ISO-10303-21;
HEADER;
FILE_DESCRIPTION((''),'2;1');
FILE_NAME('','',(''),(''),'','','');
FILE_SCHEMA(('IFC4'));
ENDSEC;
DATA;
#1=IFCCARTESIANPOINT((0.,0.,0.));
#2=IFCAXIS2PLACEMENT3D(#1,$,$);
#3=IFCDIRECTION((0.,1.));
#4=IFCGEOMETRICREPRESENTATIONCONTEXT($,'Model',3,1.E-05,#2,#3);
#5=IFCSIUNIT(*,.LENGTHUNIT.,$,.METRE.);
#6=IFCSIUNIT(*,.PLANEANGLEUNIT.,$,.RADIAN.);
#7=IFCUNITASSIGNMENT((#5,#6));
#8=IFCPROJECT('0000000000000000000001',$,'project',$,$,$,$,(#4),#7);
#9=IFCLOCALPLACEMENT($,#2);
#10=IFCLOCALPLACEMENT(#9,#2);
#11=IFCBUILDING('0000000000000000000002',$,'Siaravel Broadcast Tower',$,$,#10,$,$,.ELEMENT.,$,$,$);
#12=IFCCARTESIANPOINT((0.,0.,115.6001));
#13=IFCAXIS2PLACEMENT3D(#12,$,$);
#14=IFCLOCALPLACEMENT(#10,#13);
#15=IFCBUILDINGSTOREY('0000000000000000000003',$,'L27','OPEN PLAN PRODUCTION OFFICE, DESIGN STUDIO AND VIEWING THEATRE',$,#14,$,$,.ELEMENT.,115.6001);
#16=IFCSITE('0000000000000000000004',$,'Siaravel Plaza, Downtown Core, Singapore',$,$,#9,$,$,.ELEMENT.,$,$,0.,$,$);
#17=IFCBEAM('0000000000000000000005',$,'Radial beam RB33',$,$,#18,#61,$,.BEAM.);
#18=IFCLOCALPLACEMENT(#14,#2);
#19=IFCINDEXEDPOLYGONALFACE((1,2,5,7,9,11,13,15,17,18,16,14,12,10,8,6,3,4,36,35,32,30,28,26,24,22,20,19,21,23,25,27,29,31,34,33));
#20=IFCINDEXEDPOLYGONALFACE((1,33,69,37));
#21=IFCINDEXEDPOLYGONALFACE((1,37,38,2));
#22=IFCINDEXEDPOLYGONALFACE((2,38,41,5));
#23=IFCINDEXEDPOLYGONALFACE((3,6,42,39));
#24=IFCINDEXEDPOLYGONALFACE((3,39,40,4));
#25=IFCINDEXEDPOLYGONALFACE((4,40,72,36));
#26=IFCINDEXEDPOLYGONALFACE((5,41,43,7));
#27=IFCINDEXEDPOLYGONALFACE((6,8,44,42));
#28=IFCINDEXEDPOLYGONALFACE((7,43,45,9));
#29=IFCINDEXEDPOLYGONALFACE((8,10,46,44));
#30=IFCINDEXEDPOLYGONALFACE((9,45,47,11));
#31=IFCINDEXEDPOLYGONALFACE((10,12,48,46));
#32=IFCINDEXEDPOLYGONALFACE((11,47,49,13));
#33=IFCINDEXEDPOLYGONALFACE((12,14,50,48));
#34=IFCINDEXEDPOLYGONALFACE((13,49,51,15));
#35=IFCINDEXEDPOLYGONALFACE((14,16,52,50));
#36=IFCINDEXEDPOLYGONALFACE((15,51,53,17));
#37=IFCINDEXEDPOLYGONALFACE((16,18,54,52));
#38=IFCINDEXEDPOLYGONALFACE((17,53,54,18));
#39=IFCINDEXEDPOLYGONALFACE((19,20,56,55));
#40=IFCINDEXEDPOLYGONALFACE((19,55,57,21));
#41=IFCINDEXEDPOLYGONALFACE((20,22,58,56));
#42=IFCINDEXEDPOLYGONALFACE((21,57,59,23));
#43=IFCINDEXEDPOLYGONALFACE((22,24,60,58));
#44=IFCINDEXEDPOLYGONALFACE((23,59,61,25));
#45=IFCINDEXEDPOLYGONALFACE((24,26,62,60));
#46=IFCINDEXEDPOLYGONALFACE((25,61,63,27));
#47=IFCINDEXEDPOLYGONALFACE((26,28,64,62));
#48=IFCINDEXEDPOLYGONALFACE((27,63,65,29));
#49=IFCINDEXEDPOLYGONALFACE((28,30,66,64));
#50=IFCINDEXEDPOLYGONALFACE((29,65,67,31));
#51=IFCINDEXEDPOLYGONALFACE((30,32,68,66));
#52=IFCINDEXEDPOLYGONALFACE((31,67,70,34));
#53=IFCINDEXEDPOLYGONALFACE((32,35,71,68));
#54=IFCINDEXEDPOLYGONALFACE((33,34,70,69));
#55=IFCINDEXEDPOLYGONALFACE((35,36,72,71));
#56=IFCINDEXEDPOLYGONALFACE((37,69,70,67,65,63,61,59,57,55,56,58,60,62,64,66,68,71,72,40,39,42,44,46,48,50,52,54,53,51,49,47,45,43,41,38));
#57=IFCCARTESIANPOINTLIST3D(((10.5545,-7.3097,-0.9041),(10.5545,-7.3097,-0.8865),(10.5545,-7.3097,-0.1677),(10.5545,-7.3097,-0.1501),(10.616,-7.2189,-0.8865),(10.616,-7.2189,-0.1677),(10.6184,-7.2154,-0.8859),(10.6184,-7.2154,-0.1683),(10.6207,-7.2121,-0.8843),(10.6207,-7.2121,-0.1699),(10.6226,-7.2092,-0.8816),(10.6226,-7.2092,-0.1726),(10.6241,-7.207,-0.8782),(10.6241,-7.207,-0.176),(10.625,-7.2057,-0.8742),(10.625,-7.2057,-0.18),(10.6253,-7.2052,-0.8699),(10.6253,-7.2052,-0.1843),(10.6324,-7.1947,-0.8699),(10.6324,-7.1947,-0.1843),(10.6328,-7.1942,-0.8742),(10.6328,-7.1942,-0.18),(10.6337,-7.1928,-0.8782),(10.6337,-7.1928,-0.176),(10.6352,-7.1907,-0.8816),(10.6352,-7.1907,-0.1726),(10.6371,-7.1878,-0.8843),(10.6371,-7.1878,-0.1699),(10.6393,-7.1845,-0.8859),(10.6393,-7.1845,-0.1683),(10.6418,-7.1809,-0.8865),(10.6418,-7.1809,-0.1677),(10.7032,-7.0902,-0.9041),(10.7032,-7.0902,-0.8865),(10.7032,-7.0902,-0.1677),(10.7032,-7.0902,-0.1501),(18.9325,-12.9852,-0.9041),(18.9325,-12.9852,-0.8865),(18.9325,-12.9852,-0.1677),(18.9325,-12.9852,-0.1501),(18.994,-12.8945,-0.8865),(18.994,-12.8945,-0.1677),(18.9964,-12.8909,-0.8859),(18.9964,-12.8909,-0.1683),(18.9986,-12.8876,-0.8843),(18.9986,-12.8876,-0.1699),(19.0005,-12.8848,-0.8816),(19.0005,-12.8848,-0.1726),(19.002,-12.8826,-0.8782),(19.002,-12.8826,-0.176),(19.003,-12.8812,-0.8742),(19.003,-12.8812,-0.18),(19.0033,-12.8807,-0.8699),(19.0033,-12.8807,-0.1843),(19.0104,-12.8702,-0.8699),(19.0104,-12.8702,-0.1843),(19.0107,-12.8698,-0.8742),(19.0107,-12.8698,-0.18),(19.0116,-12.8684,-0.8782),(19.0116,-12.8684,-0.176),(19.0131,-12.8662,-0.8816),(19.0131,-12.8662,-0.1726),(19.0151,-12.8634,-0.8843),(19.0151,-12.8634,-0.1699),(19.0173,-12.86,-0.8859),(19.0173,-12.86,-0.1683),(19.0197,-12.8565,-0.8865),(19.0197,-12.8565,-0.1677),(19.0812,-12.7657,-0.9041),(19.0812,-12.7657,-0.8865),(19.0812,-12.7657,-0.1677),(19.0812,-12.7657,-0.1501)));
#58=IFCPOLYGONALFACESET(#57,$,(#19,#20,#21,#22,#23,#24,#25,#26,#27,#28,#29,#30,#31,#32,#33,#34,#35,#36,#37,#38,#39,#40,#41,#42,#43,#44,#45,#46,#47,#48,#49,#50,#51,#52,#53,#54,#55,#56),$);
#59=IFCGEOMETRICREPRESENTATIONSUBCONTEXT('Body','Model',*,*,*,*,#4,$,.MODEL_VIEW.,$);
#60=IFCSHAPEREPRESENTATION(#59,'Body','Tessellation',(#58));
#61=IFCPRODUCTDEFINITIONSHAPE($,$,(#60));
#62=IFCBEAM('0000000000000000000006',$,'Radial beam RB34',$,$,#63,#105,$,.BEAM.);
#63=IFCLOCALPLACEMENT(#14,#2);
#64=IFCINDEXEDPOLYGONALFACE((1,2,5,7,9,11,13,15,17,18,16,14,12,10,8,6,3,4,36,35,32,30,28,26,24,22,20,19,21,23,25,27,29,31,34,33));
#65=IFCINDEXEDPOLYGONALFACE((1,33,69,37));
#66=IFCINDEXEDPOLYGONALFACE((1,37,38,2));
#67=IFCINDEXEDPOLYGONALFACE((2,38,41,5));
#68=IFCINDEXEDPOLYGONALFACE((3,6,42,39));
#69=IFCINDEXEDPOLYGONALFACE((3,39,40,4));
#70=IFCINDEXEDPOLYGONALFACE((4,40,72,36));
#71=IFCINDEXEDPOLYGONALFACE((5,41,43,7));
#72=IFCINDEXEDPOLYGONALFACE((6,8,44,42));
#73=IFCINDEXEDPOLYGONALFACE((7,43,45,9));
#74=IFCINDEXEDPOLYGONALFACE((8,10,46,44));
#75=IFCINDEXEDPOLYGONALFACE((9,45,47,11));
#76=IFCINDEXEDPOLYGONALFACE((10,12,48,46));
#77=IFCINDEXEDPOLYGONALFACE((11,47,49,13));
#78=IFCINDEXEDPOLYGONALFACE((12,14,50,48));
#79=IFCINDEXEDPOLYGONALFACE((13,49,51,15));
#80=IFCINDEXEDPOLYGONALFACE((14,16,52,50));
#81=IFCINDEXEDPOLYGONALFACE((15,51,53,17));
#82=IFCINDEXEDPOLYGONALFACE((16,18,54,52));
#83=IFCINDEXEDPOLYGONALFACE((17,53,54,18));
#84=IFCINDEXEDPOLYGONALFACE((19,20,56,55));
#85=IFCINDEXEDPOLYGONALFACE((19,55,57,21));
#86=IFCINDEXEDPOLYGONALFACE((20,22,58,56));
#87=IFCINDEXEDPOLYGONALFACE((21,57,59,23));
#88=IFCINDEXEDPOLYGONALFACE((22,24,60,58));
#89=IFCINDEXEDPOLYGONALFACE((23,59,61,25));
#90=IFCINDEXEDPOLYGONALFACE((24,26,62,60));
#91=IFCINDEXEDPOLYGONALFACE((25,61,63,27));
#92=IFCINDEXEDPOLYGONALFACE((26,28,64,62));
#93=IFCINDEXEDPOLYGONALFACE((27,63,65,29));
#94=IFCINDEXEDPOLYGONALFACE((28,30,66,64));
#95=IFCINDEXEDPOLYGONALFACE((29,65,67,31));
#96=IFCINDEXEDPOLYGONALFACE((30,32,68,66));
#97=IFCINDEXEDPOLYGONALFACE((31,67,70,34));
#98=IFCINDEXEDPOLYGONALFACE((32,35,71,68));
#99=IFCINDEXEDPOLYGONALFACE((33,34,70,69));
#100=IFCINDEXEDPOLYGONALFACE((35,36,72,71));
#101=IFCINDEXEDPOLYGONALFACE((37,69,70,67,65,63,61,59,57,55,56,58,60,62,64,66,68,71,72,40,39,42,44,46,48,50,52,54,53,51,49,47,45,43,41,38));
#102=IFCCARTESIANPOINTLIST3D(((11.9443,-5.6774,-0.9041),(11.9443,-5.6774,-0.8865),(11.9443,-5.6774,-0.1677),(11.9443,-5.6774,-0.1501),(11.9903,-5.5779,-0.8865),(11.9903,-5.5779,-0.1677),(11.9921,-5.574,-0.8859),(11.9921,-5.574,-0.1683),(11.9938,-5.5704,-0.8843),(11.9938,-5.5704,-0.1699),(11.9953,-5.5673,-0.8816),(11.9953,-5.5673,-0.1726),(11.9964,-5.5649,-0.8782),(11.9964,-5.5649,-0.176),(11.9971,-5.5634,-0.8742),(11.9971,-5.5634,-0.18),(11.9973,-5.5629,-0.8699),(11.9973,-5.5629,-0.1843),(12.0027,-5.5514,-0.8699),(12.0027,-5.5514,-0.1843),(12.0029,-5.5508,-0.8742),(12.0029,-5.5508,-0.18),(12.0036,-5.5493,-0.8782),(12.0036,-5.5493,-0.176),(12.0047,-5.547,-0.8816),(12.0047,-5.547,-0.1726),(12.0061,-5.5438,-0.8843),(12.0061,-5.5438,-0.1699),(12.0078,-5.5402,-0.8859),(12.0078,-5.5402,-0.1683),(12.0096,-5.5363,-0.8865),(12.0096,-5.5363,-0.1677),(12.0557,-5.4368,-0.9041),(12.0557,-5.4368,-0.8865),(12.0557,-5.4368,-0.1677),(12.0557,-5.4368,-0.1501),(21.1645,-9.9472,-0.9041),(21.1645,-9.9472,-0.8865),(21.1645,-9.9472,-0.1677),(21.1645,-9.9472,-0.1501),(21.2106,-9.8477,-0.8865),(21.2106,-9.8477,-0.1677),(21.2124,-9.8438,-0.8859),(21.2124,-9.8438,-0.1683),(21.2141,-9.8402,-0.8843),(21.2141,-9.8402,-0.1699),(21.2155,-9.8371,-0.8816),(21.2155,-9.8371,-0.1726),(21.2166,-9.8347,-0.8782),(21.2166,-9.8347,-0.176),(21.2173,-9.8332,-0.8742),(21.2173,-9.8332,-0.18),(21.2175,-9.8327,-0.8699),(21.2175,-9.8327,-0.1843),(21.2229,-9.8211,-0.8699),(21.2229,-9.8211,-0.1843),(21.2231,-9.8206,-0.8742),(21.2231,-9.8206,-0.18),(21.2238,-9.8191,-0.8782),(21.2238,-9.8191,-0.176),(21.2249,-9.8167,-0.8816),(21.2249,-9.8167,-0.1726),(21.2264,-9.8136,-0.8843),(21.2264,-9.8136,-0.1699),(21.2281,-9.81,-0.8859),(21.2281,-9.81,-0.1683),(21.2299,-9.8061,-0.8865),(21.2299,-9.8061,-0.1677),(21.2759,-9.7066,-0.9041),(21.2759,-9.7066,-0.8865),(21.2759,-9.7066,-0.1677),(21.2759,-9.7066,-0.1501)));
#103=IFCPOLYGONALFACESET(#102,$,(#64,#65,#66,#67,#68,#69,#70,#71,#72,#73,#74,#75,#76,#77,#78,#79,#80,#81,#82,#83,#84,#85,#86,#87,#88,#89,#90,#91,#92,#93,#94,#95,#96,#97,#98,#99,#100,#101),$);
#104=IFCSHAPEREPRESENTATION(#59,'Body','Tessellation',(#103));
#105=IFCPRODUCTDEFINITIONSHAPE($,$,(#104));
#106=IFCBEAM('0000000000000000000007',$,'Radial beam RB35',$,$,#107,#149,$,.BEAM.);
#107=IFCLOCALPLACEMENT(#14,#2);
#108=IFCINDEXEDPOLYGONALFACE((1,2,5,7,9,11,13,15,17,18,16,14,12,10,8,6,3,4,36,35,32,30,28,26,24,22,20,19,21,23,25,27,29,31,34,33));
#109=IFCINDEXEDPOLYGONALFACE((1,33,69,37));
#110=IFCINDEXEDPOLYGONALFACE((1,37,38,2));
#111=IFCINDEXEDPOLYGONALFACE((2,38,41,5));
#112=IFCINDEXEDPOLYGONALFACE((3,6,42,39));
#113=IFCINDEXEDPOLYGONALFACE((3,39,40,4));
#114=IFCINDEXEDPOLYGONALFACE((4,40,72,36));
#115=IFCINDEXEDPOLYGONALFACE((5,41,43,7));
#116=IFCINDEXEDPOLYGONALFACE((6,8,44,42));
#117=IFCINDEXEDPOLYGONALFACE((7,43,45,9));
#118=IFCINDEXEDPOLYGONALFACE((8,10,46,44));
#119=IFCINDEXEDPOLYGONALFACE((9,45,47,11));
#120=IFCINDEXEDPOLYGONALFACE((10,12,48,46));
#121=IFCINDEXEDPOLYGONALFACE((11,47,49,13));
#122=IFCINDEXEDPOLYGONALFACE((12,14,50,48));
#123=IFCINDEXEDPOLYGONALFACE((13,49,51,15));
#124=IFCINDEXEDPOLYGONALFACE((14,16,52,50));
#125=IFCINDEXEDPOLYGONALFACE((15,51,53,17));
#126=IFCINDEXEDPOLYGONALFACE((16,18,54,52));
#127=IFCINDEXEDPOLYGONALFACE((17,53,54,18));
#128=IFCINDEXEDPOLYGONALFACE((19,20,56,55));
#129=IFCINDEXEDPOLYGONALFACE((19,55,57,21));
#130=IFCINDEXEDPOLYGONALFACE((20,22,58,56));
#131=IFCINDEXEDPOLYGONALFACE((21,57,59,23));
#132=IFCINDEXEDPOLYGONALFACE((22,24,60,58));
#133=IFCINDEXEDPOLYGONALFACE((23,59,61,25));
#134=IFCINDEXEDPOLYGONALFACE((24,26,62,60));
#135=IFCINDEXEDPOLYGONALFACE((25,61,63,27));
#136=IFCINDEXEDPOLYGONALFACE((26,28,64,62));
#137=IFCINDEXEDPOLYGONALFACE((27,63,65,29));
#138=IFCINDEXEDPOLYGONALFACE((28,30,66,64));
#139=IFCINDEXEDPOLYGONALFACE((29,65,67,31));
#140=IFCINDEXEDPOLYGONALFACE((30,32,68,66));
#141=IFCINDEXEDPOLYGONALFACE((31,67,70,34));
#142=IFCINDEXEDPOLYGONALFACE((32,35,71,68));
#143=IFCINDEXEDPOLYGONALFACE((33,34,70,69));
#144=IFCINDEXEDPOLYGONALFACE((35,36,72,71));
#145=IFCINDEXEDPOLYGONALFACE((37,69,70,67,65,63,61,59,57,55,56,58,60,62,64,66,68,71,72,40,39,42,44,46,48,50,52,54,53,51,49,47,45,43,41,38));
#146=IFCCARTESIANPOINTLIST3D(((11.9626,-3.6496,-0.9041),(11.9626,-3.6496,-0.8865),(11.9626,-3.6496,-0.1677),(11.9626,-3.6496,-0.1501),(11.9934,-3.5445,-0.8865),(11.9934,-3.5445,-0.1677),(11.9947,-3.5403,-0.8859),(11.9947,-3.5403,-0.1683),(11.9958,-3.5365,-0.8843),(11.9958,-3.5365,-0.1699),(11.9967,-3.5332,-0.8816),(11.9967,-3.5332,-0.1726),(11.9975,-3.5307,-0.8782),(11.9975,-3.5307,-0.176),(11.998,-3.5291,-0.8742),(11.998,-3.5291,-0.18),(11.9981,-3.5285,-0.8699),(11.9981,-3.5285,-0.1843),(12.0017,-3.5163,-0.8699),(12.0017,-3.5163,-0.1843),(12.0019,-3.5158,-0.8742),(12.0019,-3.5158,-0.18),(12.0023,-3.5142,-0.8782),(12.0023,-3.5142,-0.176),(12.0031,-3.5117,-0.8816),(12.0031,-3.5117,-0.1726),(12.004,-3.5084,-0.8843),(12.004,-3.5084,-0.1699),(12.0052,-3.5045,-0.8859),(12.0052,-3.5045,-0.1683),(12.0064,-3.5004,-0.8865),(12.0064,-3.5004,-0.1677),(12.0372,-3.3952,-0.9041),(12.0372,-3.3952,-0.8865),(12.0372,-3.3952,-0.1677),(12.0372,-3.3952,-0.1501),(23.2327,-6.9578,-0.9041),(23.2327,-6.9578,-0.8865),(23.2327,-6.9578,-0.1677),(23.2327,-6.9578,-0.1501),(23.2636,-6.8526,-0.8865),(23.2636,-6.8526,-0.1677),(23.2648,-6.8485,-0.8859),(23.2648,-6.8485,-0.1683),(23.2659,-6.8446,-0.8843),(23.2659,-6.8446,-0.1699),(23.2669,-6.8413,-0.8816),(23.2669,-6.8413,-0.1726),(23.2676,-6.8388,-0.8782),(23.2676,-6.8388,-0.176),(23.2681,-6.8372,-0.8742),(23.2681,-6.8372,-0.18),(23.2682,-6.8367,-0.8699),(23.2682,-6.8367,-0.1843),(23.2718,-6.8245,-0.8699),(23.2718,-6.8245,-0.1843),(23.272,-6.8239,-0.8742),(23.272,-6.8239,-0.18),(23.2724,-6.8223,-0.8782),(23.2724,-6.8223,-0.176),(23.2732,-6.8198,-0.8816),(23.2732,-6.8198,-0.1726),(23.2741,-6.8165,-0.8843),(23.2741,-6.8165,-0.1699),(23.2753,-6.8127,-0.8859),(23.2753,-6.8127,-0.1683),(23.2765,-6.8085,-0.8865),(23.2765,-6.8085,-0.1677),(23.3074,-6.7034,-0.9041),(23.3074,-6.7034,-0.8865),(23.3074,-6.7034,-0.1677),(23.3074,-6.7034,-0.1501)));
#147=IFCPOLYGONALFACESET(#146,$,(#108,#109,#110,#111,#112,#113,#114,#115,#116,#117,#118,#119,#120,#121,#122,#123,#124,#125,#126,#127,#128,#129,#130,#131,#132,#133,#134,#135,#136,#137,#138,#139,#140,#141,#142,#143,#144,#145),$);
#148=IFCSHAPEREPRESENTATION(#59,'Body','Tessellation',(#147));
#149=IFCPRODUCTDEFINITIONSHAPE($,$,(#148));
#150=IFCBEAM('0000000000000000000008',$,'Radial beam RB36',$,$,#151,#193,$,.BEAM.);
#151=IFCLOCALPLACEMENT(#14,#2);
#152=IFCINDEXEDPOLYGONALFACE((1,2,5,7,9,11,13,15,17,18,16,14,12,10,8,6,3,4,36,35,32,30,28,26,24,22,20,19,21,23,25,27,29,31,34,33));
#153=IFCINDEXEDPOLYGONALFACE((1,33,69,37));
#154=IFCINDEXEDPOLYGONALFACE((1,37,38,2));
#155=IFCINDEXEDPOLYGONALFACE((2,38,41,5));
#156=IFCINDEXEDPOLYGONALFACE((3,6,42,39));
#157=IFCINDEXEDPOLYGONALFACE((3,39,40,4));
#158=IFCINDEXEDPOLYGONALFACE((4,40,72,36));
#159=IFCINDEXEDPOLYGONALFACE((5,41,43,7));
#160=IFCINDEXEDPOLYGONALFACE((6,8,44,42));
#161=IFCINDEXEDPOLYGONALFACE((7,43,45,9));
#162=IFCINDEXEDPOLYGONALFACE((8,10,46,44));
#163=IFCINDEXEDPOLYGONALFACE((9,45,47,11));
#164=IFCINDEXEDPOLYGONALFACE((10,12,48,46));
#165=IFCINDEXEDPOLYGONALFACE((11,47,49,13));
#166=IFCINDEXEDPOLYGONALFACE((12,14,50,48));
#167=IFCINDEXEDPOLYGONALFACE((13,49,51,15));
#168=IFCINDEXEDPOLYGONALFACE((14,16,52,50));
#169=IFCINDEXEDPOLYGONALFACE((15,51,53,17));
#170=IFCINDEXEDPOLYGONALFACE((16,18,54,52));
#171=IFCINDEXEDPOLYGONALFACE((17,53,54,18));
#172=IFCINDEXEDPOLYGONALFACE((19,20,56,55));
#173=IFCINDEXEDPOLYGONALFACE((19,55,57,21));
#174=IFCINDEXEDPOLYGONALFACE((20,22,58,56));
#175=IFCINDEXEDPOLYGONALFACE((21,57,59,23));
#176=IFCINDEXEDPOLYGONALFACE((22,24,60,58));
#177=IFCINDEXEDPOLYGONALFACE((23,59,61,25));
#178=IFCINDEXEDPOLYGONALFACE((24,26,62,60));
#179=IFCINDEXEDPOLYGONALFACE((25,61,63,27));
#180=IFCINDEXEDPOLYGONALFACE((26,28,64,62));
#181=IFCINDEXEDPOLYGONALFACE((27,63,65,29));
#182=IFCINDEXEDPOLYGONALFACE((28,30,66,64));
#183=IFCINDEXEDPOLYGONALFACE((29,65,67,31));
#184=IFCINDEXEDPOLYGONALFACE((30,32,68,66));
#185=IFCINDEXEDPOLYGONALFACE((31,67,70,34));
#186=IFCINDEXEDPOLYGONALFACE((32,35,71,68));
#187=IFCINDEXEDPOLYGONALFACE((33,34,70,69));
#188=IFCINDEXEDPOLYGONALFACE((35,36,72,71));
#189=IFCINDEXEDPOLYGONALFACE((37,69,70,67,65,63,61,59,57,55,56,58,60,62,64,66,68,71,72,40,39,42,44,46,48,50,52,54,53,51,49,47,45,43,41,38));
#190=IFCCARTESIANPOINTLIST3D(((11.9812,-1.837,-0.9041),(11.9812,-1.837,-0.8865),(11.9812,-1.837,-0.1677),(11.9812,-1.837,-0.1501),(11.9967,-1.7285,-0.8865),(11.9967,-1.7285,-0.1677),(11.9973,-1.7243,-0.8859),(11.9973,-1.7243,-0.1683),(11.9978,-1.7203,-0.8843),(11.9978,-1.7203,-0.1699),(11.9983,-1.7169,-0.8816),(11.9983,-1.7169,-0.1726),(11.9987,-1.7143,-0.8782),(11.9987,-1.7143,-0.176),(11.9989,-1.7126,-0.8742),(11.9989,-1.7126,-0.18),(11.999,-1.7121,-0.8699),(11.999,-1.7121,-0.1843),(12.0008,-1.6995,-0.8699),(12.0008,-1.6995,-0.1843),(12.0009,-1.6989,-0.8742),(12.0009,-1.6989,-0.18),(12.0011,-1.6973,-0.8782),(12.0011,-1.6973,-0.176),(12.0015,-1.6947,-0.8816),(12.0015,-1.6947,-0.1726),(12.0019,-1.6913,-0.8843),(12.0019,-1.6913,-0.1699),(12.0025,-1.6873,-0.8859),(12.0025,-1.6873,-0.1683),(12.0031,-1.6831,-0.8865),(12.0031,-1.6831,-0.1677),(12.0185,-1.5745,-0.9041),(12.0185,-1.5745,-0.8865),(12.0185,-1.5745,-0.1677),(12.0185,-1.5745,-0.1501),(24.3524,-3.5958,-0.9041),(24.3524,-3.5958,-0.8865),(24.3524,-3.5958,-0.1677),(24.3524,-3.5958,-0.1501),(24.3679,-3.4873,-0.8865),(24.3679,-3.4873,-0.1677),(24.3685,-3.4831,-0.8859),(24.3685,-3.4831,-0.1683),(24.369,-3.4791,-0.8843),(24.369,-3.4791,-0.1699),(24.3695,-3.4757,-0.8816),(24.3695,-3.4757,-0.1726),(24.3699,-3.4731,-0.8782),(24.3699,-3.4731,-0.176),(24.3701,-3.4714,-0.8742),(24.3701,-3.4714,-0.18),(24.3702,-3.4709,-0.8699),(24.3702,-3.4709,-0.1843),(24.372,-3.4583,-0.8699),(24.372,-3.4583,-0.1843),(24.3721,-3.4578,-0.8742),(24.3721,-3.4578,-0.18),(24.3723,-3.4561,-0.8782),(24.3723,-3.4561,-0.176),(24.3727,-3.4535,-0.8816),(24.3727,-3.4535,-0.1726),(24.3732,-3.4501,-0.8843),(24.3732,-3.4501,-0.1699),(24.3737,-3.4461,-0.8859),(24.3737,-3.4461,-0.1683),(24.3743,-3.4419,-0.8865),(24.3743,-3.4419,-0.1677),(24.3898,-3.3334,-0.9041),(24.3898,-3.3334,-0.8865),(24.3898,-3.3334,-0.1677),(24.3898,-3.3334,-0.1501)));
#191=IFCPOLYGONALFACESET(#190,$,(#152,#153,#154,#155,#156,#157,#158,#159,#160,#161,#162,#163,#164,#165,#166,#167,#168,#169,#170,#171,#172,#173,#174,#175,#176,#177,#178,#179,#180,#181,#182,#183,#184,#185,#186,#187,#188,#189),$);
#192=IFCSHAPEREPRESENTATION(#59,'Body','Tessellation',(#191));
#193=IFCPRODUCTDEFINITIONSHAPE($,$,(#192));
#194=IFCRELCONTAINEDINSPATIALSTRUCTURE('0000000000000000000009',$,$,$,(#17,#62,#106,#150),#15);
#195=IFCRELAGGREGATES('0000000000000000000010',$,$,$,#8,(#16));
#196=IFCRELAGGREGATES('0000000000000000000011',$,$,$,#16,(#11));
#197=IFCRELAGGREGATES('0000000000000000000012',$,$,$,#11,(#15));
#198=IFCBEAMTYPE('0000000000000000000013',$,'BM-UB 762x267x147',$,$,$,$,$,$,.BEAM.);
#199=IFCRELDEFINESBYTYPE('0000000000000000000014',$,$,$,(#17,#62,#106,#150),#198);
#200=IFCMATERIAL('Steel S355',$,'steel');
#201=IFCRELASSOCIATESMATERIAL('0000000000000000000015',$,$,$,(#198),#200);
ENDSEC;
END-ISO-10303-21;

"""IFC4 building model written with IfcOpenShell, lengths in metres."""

from ifc_helpers import new_model, si_unit, direction, frame, origin, origin_2d, place, context, subcontext, project, spatial, i_section, extrude, material, material_profile, profile_set, type_object, element, save


model = new_model("IFC4")

# Units and contexts
model_context = context("Model", 3, precision=1e-05, world=origin(), true_north=direction((0.0, 1.0)))
body_context = subcontext(model_context, "Body", "Model", "MODEL_VIEW")
ifc_project = project(units=[si_unit("LENGTHUNIT", "METRE"), si_unit("PLANEANGLEUNIT", "RADIAN")], contexts=[model_context])

# Site, building, storey
site_placement = place(None, origin())
site = spatial("IfcSite", under=ifc_project, at=site_placement, Name="Siaravel Plaza, Downtown Core, Singapore", CompositionType="ELEMENT", RefElevation=0.0)
building_placement = place(site_placement, origin())
building = spatial("IfcBuilding", under=site, at=building_placement, Name="Siaravel Broadcast Tower", CompositionType="ELEMENT")
storey_placement = place(building_placement, frame((0.0, 0.0, 115.6001)))
storey = spatial("IfcBuildingStorey", under=building, at=storey_placement, Name="L27", Description="OPEN PLAN PRODUCTION OFFICE, DESIGN STUDIO AND VIEWING THEATRE", CompositionType="ELEMENT", Elevation=115.6001)

# Beams
ifc_material_1 = material(Name="Steel S355", Category="steel")
ifc_material_profile_1 = material_profile(ifc_material_1, i_section(OverallWidth=0.2651, OverallDepth=0.7539, WebThickness=0.0127, FlangeThickness=0.0176, FilletRadius=0.0166, at=origin_2d()))
ifc_profile_set_1 = profile_set([ifc_material_profile_1], Name="Steel S355")
beam_type = type_object("IfcBeamType", Name="BM-UB 762x267x147", PredefinedType="BEAM", material=ifc_profile_set_1)
beam_1_placement = place(storey_placement, frame((19.0068, -12.8755, -0.5271), z_axis=(-0.827911, 0.560859, 0.0), x_axis=(-0.560859, -0.827911, 0.0)))
element("IfcBeam", 1, at=beam_1_placement, inside=storey, type_object=beam_type, Name="Radial beam RB33", PredefinedType="BEAM", context=body_context, shape_type="SweptSolid", body=[
    extrude(i_section(OverallWidth=0.2651, OverallDepth=0.7539, WebThickness=0.0127, FlangeThickness=0.0176, FilletRadius=0.0166, at=origin_2d()), origin(), (0.0, 0.0, 1.0), 10.1194),
])
beam_2_placement = place(storey_placement, frame((21.2202, -9.8269, -0.5271), z_axis=(-0.907423, 0.420217, 0.0), x_axis=(-0.420217, -0.907423, 0.0)))
element("IfcBeam", 2, at=beam_2_placement, inside=storey, type_object=beam_type, Name="Radial beam RB34", PredefinedType="BEAM", context=body_context, shape_type="SweptSolid", body=[
    extrude(i_section(OverallWidth=0.2651, OverallDepth=0.7539, WebThickness=0.0127, FlangeThickness=0.0176, FilletRadius=0.0166, at=origin_2d()), origin(), (0.0, 0.0, 1.0), 10.1609),
])
beam_3_placement = place(storey_placement, frame((23.27, -6.8306, -0.5271), z_axis=(-0.959518, 0.281649, 0.0), x_axis=(-0.281649, -0.959518, 0.0)))
element("IfcBeam", 3, at=beam_3_placement, inside=storey, type_object=beam_type, Name="Radial beam RB35", PredefinedType="BEAM", context=body_context, shape_type="SweptSolid", body=[
    extrude(i_section(OverallWidth=0.2651, OverallDepth=0.7539, WebThickness=0.0127, FlangeThickness=0.0176, FilletRadius=0.0166, at=origin_2d()), origin(), (0.0, 0.0, 1.0), 11.7456),
])
beam_4_placement = place(storey_placement, frame((24.3711, -3.4646, -0.5271), z_axis=(-0.990045, 0.140754, 0.0), x_axis=(-0.140754, -0.990045, 0.0)))
element("IfcBeam", 4, at=beam_4_placement, inside=storey, type_object=beam_type, Name="Radial beam RB36", PredefinedType="BEAM", context=body_context, shape_type="SweptSolid", body=[
    extrude(i_section(OverallWidth=0.2651, OverallDepth=0.7539, WebThickness=0.0127, FlangeThickness=0.0176, FilletRadius=0.0166, at=origin_2d()), origin(), (0.0, 0.0, 1.0), 12.4956),
])

save(model, "model.ifc")
